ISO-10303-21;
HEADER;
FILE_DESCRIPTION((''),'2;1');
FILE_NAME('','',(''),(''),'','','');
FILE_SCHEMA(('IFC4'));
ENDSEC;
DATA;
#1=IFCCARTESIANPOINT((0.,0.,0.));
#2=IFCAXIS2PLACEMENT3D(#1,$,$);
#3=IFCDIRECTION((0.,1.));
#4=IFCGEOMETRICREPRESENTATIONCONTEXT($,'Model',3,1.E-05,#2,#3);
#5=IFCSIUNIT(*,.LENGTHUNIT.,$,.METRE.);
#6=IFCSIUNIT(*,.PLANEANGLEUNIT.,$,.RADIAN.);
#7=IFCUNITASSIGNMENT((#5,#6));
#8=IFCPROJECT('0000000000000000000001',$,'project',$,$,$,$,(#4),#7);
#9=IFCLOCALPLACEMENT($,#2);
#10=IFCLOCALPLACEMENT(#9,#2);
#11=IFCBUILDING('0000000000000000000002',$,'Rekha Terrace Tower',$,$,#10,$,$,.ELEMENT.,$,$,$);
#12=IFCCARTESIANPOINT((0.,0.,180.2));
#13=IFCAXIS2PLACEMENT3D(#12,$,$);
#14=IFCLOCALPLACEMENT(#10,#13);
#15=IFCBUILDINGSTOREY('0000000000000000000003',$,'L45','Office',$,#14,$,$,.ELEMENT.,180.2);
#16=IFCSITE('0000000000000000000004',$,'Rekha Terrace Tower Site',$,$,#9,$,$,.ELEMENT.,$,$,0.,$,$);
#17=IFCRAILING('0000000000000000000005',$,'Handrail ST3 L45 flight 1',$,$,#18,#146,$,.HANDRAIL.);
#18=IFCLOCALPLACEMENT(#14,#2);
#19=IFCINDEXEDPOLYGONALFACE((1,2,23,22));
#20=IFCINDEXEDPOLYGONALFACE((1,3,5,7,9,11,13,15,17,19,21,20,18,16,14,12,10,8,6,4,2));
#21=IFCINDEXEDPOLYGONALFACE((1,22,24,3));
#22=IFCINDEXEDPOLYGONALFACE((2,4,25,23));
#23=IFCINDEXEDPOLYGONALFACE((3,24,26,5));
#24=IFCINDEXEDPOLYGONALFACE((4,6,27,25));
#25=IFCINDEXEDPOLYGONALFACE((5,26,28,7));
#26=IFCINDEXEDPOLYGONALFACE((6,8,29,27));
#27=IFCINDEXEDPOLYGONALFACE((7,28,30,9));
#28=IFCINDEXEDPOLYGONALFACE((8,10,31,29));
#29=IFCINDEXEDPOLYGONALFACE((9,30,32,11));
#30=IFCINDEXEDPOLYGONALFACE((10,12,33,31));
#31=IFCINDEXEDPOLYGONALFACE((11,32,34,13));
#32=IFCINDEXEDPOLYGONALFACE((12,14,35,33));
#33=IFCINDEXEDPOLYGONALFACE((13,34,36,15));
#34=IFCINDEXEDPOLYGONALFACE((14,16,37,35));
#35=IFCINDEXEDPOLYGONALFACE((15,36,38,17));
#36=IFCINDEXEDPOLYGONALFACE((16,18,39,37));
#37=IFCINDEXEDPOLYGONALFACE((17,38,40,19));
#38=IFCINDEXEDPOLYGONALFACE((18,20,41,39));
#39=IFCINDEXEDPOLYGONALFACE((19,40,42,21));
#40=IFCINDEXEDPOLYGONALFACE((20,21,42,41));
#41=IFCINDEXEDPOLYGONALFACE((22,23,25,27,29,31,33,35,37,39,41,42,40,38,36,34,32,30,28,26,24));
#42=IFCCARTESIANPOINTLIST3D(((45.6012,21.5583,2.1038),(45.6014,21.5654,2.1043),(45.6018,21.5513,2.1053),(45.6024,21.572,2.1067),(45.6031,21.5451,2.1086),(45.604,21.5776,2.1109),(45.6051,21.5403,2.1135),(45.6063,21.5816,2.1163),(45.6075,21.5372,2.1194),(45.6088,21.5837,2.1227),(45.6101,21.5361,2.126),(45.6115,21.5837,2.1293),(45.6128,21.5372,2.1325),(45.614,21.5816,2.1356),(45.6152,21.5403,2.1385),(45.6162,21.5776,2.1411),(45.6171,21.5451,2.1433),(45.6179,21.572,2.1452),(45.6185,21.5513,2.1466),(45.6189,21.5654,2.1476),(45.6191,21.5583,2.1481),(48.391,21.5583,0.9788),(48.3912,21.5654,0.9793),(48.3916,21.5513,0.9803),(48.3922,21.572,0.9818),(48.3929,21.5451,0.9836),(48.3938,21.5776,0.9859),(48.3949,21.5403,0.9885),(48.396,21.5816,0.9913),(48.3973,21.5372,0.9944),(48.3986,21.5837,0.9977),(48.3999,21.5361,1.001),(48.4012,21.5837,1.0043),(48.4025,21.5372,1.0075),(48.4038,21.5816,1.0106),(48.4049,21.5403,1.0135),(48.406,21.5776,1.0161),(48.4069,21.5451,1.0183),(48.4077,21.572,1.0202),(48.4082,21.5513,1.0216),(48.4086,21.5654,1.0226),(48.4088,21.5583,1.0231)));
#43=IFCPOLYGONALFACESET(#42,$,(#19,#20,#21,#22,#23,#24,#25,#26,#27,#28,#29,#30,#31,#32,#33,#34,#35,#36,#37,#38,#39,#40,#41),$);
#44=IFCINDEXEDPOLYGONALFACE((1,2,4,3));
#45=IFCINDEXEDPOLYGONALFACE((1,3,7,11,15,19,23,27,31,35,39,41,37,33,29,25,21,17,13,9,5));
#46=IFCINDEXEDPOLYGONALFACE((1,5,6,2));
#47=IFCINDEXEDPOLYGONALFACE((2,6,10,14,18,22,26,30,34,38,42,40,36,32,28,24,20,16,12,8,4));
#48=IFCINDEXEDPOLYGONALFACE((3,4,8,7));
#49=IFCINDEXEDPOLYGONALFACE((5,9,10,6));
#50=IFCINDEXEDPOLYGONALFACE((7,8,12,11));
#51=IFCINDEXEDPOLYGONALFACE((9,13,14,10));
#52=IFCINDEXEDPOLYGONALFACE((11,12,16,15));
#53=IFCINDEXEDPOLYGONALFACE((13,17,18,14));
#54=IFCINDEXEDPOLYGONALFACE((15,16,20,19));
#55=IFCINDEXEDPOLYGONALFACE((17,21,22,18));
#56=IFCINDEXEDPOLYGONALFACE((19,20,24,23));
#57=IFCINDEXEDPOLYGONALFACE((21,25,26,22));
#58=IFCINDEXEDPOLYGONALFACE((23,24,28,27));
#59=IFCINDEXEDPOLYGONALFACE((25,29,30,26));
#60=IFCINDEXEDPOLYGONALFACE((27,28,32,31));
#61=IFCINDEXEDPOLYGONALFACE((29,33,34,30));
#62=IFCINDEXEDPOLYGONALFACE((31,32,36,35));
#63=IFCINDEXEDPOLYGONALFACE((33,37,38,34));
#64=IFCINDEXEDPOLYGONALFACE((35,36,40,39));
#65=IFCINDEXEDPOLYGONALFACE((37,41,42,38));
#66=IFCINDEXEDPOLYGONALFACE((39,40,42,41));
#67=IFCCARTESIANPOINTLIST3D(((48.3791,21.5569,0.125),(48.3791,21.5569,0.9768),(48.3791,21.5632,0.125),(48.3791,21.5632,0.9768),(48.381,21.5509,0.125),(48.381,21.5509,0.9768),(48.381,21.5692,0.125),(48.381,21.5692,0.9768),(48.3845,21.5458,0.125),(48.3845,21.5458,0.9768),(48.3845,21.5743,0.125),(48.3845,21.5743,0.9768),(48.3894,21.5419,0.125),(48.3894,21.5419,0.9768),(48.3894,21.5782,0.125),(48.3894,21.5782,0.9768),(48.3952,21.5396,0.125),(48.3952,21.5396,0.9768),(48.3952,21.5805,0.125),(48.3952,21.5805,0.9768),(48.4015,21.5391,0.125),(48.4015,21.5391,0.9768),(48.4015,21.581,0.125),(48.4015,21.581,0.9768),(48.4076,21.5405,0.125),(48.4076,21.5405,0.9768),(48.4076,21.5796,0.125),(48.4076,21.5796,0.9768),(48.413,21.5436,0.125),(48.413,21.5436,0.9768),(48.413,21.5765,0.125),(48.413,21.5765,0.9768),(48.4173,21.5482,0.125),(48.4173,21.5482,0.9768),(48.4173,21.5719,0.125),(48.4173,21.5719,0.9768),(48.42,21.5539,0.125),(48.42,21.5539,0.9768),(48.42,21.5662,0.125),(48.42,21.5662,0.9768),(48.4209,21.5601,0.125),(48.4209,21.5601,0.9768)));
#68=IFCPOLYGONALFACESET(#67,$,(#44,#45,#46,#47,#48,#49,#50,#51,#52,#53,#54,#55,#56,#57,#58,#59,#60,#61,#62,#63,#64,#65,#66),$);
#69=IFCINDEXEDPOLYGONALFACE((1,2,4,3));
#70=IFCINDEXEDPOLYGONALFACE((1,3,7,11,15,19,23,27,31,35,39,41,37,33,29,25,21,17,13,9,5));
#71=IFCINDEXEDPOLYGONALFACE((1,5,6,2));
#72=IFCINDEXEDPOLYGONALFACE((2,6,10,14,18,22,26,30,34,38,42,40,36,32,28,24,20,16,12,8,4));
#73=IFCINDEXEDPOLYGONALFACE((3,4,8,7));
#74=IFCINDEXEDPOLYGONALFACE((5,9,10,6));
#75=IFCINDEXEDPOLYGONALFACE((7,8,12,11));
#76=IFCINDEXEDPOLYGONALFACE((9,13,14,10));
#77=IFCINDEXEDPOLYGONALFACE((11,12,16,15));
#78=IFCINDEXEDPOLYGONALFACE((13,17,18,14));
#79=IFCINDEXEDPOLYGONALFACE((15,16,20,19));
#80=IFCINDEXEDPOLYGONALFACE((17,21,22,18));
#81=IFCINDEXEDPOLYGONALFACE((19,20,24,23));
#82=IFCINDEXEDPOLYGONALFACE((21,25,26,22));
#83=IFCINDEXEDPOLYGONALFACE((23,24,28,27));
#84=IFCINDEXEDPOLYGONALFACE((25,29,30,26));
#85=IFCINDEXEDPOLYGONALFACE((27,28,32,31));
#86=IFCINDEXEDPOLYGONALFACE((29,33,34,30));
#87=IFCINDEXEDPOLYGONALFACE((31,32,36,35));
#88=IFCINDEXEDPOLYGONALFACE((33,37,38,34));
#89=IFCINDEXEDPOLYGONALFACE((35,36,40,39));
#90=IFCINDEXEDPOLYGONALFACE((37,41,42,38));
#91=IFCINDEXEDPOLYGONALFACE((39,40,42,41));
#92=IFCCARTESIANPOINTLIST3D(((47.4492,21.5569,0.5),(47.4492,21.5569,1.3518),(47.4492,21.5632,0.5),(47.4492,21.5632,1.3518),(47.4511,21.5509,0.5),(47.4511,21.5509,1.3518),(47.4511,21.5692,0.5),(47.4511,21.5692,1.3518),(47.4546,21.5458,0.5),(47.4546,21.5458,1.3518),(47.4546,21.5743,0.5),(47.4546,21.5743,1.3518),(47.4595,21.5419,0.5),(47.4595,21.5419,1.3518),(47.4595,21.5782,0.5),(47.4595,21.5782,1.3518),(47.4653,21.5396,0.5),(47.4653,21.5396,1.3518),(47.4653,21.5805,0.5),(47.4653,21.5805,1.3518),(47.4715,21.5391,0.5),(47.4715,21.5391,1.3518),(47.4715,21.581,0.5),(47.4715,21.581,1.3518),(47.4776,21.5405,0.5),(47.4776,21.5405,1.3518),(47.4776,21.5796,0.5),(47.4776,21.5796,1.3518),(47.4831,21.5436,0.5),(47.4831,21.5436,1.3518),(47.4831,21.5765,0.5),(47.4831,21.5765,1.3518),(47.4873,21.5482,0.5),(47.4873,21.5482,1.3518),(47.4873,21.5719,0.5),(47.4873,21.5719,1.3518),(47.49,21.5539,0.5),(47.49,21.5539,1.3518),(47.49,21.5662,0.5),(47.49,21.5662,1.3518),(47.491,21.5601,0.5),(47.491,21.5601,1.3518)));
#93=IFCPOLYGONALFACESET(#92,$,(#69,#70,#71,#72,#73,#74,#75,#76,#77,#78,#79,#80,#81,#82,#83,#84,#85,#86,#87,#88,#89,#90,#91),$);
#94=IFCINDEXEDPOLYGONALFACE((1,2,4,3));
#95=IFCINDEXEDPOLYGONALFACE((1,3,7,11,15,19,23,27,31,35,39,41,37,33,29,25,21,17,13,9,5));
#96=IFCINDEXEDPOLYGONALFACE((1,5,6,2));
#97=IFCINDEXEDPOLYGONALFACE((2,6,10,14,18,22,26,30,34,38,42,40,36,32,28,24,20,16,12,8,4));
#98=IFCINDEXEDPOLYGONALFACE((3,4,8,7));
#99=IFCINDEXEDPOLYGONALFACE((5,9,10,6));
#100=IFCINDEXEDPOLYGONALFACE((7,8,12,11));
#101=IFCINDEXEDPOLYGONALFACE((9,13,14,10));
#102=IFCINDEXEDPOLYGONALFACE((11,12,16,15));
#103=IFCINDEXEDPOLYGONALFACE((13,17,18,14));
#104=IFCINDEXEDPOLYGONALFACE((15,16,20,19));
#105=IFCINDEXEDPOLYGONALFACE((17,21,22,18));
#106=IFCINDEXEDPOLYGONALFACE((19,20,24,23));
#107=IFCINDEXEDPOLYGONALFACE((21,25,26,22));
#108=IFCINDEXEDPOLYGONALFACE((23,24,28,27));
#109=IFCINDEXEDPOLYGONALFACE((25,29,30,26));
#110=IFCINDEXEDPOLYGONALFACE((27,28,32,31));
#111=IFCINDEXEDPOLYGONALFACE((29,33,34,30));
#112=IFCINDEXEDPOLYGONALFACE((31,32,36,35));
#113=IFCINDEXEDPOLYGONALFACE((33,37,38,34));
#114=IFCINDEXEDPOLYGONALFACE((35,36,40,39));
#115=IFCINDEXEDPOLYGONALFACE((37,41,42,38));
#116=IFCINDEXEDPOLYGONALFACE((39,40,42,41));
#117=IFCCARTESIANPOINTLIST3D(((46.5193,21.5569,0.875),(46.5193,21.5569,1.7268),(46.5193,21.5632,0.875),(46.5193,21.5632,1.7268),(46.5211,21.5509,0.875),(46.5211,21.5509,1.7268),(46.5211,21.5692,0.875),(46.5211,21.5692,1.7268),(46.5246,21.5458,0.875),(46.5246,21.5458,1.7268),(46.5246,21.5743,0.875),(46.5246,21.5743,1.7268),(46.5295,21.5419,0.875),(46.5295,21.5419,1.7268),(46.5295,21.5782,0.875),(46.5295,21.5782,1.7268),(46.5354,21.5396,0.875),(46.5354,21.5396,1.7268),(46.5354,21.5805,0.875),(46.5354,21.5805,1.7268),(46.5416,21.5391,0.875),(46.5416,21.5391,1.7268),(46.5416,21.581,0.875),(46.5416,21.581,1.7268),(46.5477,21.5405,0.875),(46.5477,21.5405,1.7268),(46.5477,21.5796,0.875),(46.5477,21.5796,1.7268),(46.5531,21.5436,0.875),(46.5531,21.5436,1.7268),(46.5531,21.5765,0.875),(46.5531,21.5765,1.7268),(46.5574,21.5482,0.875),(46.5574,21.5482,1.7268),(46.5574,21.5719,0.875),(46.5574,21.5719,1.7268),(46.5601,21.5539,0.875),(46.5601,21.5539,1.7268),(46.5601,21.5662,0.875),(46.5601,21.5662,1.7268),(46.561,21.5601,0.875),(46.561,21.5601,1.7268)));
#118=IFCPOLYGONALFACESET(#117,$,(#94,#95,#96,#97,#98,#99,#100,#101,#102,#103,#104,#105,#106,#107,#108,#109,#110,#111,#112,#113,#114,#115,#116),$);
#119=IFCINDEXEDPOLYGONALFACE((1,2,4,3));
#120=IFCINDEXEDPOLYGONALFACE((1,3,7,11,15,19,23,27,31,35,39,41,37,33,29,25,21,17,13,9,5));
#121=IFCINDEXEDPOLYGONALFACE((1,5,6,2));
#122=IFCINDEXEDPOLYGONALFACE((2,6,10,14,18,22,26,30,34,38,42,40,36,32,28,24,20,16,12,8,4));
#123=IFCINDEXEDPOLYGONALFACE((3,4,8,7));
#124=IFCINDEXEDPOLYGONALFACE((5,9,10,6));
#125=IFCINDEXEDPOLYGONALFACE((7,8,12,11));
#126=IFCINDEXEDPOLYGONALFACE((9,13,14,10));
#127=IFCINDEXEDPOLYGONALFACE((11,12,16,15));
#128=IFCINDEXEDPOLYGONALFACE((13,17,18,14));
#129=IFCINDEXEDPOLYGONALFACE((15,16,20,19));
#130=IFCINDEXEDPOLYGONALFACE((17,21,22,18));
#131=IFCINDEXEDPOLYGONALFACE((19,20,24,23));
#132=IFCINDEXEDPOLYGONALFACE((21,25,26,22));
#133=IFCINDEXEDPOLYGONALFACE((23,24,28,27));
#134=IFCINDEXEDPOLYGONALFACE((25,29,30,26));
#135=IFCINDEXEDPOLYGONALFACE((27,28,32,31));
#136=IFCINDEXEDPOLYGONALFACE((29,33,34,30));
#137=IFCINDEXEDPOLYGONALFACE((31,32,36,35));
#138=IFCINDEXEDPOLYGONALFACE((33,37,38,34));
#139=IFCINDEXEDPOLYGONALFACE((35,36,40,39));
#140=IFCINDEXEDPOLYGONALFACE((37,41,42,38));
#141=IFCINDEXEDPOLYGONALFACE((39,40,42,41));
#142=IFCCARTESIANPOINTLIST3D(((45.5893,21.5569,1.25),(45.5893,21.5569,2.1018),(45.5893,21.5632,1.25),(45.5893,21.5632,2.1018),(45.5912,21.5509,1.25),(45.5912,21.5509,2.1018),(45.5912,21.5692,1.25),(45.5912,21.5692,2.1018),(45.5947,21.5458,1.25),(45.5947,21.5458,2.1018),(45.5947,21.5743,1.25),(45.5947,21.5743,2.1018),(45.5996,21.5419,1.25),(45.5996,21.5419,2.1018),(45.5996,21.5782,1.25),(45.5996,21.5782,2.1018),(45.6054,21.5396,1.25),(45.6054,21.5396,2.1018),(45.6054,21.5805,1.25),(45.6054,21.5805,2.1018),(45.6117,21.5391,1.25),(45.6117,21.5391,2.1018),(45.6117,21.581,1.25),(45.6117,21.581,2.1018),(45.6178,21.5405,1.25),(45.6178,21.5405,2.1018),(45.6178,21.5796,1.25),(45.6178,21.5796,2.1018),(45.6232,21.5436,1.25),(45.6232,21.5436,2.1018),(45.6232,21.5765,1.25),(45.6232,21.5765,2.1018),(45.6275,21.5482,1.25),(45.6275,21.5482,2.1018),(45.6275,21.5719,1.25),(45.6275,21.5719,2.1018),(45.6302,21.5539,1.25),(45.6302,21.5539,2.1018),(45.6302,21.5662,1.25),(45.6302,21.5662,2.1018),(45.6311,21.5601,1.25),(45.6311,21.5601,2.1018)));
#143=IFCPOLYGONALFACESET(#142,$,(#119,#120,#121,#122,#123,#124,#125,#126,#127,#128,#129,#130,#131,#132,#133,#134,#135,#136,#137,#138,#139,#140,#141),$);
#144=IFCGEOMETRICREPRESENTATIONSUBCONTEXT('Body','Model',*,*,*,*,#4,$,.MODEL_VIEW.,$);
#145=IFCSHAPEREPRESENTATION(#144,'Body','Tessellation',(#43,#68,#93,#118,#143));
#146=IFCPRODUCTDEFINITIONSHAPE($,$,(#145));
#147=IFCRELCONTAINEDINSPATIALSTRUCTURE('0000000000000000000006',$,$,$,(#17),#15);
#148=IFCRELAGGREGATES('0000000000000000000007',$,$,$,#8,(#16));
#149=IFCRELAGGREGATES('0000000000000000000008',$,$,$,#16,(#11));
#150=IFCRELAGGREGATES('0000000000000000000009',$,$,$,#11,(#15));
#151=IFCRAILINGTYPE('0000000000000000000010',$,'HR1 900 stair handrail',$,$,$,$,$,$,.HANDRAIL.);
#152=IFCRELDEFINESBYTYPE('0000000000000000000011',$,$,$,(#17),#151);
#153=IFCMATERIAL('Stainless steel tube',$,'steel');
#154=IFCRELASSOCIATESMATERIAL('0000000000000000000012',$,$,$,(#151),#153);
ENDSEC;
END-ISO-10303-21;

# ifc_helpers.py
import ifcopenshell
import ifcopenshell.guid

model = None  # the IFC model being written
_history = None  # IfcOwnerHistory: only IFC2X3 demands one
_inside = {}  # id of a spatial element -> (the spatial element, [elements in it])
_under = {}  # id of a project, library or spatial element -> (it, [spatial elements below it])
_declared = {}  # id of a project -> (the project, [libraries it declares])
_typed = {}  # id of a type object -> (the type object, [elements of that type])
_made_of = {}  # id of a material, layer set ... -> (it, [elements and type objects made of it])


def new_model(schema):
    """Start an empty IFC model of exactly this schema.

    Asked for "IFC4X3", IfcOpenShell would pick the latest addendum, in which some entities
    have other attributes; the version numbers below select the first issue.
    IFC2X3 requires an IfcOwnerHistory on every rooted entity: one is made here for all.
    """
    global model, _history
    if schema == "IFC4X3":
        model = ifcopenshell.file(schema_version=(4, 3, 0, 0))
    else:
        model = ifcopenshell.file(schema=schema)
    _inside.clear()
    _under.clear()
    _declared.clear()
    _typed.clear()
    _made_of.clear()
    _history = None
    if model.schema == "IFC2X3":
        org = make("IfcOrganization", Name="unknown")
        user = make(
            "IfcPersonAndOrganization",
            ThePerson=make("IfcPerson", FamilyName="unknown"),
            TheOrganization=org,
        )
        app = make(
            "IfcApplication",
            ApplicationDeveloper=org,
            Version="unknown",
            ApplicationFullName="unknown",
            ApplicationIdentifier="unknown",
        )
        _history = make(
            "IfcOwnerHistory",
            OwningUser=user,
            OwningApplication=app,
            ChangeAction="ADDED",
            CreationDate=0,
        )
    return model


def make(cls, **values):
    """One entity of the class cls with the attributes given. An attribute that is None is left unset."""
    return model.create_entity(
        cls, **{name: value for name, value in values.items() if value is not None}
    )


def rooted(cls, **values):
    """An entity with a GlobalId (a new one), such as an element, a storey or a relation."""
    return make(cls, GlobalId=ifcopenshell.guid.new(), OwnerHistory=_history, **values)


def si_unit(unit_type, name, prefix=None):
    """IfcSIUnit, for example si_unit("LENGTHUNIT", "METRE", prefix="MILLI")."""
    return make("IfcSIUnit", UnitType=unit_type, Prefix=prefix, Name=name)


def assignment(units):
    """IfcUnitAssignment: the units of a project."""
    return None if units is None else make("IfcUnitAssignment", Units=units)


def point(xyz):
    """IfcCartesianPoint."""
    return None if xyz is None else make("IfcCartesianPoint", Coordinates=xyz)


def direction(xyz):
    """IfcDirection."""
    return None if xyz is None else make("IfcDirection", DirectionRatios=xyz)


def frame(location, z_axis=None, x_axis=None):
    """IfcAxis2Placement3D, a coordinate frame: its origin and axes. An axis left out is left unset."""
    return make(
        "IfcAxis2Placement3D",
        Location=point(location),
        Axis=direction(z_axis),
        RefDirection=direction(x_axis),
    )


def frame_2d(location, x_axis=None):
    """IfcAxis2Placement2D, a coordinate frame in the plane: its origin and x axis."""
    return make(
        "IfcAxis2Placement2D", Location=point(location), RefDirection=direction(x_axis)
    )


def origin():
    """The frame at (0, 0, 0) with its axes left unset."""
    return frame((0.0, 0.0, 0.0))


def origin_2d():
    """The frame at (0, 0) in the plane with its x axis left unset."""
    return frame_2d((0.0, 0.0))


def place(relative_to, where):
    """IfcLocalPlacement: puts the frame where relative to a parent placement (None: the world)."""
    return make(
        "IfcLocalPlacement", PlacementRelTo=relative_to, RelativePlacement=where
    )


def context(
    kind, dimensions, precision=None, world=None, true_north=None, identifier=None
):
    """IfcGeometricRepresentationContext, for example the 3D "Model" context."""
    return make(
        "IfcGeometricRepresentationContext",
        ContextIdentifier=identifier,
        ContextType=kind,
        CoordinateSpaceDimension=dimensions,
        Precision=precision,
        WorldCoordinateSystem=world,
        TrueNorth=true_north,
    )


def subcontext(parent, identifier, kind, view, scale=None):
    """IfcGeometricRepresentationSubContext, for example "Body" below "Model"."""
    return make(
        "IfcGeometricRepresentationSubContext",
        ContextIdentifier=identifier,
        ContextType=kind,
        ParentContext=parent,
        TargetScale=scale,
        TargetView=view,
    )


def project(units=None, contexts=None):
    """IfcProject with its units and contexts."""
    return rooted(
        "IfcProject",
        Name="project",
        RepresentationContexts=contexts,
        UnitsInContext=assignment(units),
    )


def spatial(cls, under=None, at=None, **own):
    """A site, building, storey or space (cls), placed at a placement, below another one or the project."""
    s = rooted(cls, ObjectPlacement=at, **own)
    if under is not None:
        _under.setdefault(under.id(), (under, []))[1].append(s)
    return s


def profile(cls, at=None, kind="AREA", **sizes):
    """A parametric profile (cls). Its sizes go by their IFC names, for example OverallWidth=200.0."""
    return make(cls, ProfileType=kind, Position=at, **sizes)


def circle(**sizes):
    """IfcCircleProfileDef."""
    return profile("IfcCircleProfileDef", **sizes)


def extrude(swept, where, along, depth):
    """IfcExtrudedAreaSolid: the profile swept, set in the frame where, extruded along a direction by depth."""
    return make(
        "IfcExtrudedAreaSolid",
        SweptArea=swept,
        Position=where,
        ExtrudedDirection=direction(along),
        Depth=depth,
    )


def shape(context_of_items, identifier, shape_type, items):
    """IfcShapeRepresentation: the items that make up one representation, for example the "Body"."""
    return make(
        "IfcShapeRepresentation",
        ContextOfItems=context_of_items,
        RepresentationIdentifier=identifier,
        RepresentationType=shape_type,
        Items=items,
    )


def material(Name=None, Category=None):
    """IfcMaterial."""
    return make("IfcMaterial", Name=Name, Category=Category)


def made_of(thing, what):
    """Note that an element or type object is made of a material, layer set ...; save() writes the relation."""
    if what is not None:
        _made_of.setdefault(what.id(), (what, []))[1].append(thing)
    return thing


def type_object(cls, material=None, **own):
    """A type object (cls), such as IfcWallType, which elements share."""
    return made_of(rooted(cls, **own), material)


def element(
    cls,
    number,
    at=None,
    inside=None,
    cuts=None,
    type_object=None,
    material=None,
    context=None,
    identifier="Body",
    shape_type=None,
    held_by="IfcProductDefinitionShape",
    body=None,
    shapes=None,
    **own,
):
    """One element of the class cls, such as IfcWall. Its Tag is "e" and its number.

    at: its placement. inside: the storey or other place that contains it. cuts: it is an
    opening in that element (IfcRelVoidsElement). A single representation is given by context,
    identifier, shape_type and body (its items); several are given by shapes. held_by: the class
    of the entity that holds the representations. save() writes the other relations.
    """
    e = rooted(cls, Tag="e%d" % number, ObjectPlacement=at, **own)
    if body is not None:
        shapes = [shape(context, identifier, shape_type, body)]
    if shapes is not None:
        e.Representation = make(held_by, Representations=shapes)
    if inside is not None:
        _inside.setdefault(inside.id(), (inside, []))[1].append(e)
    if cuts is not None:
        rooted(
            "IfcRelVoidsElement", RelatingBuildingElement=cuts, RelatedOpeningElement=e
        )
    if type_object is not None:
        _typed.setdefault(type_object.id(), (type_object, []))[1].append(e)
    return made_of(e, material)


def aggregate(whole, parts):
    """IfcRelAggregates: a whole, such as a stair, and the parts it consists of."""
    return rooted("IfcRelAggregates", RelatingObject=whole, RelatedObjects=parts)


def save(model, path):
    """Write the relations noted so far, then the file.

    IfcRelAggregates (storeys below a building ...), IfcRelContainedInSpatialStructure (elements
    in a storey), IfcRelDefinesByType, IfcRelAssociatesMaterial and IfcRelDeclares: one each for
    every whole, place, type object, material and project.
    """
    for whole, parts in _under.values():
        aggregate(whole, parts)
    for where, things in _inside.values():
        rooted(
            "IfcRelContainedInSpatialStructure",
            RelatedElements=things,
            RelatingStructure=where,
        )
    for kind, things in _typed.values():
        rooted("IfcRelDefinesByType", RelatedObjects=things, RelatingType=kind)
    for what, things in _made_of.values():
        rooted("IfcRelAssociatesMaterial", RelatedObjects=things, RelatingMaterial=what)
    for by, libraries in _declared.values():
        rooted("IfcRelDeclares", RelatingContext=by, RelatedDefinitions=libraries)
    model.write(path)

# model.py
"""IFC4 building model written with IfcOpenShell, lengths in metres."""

from ifc_helpers import new_model, si_unit, direction, frame, origin, origin_2d, place, context, subcontext, project, spatial, circle, extrude, material, type_object, element, save


model = new_model("IFC4")

# Units and contexts
model_context = context("Model", 3, precision=1e-05, world=origin(), true_north=direction((0.0, 1.0)))
body_context = subcontext(model_context, "Body", "Model", "MODEL_VIEW")
ifc_project = project(units=[si_unit("LENGTHUNIT", "METRE"), si_unit("PLANEANGLEUNIT", "RADIAN")], contexts=[model_context])

# Site, building, storey
site_placement = place(None, origin())
site = spatial("IfcSite", under=ifc_project, at=site_placement, Name="Rekha Terrace Tower Site", CompositionType="ELEMENT", RefElevation=0.0)
building_placement = place(site_placement, origin())
building = spatial("IfcBuilding", under=site, at=building_placement, Name="Rekha Terrace Tower", CompositionType="ELEMENT")
storey_placement = place(building_placement, frame((0.0, 0.0, 180.2)))
storey = spatial("IfcBuildingStorey", under=building, at=storey_placement, Name="L45", Description="Office", CompositionType="ELEMENT", Elevation=180.2)

# Railing
ifc_material_1 = material(Name="Stainless steel tube", Category="steel")
railing_type_1 = type_object("IfcRailingType", Name="HR1 900 stair handrail", PredefinedType="HANDRAIL", material=ifc_material_1)
railing_1_placement = place(storey_placement, frame((48.3999, 21.5601, 0.125)))
element("IfcRailing", 1, at=railing_1_placement, inside=storey, type_object=railing_type_1, Name="Handrail ST3 L45 flight 1", PredefinedType="HANDRAIL", context=body_context, shape_type="SweptSolid", body=[
    extrude(circle(Radius=0.0239, at=origin_2d()), frame((0.0, 0.0, 0.876), z_axis=(-0.927432, 0.0, 0.373992), x_axis=(0.0, -1.0, 0.0)), (0.0, 0.0, 1.0), 3.0081),
    extrude(circle(Radius=0.021, at=origin_2d()), origin(), (0.0, 0.0, 1.0), 0.8518),
    extrude(circle(Radius=0.021, at=origin_2d()), frame((-0.9299, 0.0, 0.375)), (0.0, 0.0, 1.0), 0.8518),
    extrude(circle(Radius=0.021, at=origin_2d()), frame((-1.8599, 0.0, 0.75)), (0.0, 0.0, 1.0), 0.8518),
    extrude(circle(Radius=0.021, at=origin_2d()), frame((-2.7898, 0.0, 1.125)), (0.0, 0.0, 1.0), 0.8518),
])

save(model, "model.ifc")
